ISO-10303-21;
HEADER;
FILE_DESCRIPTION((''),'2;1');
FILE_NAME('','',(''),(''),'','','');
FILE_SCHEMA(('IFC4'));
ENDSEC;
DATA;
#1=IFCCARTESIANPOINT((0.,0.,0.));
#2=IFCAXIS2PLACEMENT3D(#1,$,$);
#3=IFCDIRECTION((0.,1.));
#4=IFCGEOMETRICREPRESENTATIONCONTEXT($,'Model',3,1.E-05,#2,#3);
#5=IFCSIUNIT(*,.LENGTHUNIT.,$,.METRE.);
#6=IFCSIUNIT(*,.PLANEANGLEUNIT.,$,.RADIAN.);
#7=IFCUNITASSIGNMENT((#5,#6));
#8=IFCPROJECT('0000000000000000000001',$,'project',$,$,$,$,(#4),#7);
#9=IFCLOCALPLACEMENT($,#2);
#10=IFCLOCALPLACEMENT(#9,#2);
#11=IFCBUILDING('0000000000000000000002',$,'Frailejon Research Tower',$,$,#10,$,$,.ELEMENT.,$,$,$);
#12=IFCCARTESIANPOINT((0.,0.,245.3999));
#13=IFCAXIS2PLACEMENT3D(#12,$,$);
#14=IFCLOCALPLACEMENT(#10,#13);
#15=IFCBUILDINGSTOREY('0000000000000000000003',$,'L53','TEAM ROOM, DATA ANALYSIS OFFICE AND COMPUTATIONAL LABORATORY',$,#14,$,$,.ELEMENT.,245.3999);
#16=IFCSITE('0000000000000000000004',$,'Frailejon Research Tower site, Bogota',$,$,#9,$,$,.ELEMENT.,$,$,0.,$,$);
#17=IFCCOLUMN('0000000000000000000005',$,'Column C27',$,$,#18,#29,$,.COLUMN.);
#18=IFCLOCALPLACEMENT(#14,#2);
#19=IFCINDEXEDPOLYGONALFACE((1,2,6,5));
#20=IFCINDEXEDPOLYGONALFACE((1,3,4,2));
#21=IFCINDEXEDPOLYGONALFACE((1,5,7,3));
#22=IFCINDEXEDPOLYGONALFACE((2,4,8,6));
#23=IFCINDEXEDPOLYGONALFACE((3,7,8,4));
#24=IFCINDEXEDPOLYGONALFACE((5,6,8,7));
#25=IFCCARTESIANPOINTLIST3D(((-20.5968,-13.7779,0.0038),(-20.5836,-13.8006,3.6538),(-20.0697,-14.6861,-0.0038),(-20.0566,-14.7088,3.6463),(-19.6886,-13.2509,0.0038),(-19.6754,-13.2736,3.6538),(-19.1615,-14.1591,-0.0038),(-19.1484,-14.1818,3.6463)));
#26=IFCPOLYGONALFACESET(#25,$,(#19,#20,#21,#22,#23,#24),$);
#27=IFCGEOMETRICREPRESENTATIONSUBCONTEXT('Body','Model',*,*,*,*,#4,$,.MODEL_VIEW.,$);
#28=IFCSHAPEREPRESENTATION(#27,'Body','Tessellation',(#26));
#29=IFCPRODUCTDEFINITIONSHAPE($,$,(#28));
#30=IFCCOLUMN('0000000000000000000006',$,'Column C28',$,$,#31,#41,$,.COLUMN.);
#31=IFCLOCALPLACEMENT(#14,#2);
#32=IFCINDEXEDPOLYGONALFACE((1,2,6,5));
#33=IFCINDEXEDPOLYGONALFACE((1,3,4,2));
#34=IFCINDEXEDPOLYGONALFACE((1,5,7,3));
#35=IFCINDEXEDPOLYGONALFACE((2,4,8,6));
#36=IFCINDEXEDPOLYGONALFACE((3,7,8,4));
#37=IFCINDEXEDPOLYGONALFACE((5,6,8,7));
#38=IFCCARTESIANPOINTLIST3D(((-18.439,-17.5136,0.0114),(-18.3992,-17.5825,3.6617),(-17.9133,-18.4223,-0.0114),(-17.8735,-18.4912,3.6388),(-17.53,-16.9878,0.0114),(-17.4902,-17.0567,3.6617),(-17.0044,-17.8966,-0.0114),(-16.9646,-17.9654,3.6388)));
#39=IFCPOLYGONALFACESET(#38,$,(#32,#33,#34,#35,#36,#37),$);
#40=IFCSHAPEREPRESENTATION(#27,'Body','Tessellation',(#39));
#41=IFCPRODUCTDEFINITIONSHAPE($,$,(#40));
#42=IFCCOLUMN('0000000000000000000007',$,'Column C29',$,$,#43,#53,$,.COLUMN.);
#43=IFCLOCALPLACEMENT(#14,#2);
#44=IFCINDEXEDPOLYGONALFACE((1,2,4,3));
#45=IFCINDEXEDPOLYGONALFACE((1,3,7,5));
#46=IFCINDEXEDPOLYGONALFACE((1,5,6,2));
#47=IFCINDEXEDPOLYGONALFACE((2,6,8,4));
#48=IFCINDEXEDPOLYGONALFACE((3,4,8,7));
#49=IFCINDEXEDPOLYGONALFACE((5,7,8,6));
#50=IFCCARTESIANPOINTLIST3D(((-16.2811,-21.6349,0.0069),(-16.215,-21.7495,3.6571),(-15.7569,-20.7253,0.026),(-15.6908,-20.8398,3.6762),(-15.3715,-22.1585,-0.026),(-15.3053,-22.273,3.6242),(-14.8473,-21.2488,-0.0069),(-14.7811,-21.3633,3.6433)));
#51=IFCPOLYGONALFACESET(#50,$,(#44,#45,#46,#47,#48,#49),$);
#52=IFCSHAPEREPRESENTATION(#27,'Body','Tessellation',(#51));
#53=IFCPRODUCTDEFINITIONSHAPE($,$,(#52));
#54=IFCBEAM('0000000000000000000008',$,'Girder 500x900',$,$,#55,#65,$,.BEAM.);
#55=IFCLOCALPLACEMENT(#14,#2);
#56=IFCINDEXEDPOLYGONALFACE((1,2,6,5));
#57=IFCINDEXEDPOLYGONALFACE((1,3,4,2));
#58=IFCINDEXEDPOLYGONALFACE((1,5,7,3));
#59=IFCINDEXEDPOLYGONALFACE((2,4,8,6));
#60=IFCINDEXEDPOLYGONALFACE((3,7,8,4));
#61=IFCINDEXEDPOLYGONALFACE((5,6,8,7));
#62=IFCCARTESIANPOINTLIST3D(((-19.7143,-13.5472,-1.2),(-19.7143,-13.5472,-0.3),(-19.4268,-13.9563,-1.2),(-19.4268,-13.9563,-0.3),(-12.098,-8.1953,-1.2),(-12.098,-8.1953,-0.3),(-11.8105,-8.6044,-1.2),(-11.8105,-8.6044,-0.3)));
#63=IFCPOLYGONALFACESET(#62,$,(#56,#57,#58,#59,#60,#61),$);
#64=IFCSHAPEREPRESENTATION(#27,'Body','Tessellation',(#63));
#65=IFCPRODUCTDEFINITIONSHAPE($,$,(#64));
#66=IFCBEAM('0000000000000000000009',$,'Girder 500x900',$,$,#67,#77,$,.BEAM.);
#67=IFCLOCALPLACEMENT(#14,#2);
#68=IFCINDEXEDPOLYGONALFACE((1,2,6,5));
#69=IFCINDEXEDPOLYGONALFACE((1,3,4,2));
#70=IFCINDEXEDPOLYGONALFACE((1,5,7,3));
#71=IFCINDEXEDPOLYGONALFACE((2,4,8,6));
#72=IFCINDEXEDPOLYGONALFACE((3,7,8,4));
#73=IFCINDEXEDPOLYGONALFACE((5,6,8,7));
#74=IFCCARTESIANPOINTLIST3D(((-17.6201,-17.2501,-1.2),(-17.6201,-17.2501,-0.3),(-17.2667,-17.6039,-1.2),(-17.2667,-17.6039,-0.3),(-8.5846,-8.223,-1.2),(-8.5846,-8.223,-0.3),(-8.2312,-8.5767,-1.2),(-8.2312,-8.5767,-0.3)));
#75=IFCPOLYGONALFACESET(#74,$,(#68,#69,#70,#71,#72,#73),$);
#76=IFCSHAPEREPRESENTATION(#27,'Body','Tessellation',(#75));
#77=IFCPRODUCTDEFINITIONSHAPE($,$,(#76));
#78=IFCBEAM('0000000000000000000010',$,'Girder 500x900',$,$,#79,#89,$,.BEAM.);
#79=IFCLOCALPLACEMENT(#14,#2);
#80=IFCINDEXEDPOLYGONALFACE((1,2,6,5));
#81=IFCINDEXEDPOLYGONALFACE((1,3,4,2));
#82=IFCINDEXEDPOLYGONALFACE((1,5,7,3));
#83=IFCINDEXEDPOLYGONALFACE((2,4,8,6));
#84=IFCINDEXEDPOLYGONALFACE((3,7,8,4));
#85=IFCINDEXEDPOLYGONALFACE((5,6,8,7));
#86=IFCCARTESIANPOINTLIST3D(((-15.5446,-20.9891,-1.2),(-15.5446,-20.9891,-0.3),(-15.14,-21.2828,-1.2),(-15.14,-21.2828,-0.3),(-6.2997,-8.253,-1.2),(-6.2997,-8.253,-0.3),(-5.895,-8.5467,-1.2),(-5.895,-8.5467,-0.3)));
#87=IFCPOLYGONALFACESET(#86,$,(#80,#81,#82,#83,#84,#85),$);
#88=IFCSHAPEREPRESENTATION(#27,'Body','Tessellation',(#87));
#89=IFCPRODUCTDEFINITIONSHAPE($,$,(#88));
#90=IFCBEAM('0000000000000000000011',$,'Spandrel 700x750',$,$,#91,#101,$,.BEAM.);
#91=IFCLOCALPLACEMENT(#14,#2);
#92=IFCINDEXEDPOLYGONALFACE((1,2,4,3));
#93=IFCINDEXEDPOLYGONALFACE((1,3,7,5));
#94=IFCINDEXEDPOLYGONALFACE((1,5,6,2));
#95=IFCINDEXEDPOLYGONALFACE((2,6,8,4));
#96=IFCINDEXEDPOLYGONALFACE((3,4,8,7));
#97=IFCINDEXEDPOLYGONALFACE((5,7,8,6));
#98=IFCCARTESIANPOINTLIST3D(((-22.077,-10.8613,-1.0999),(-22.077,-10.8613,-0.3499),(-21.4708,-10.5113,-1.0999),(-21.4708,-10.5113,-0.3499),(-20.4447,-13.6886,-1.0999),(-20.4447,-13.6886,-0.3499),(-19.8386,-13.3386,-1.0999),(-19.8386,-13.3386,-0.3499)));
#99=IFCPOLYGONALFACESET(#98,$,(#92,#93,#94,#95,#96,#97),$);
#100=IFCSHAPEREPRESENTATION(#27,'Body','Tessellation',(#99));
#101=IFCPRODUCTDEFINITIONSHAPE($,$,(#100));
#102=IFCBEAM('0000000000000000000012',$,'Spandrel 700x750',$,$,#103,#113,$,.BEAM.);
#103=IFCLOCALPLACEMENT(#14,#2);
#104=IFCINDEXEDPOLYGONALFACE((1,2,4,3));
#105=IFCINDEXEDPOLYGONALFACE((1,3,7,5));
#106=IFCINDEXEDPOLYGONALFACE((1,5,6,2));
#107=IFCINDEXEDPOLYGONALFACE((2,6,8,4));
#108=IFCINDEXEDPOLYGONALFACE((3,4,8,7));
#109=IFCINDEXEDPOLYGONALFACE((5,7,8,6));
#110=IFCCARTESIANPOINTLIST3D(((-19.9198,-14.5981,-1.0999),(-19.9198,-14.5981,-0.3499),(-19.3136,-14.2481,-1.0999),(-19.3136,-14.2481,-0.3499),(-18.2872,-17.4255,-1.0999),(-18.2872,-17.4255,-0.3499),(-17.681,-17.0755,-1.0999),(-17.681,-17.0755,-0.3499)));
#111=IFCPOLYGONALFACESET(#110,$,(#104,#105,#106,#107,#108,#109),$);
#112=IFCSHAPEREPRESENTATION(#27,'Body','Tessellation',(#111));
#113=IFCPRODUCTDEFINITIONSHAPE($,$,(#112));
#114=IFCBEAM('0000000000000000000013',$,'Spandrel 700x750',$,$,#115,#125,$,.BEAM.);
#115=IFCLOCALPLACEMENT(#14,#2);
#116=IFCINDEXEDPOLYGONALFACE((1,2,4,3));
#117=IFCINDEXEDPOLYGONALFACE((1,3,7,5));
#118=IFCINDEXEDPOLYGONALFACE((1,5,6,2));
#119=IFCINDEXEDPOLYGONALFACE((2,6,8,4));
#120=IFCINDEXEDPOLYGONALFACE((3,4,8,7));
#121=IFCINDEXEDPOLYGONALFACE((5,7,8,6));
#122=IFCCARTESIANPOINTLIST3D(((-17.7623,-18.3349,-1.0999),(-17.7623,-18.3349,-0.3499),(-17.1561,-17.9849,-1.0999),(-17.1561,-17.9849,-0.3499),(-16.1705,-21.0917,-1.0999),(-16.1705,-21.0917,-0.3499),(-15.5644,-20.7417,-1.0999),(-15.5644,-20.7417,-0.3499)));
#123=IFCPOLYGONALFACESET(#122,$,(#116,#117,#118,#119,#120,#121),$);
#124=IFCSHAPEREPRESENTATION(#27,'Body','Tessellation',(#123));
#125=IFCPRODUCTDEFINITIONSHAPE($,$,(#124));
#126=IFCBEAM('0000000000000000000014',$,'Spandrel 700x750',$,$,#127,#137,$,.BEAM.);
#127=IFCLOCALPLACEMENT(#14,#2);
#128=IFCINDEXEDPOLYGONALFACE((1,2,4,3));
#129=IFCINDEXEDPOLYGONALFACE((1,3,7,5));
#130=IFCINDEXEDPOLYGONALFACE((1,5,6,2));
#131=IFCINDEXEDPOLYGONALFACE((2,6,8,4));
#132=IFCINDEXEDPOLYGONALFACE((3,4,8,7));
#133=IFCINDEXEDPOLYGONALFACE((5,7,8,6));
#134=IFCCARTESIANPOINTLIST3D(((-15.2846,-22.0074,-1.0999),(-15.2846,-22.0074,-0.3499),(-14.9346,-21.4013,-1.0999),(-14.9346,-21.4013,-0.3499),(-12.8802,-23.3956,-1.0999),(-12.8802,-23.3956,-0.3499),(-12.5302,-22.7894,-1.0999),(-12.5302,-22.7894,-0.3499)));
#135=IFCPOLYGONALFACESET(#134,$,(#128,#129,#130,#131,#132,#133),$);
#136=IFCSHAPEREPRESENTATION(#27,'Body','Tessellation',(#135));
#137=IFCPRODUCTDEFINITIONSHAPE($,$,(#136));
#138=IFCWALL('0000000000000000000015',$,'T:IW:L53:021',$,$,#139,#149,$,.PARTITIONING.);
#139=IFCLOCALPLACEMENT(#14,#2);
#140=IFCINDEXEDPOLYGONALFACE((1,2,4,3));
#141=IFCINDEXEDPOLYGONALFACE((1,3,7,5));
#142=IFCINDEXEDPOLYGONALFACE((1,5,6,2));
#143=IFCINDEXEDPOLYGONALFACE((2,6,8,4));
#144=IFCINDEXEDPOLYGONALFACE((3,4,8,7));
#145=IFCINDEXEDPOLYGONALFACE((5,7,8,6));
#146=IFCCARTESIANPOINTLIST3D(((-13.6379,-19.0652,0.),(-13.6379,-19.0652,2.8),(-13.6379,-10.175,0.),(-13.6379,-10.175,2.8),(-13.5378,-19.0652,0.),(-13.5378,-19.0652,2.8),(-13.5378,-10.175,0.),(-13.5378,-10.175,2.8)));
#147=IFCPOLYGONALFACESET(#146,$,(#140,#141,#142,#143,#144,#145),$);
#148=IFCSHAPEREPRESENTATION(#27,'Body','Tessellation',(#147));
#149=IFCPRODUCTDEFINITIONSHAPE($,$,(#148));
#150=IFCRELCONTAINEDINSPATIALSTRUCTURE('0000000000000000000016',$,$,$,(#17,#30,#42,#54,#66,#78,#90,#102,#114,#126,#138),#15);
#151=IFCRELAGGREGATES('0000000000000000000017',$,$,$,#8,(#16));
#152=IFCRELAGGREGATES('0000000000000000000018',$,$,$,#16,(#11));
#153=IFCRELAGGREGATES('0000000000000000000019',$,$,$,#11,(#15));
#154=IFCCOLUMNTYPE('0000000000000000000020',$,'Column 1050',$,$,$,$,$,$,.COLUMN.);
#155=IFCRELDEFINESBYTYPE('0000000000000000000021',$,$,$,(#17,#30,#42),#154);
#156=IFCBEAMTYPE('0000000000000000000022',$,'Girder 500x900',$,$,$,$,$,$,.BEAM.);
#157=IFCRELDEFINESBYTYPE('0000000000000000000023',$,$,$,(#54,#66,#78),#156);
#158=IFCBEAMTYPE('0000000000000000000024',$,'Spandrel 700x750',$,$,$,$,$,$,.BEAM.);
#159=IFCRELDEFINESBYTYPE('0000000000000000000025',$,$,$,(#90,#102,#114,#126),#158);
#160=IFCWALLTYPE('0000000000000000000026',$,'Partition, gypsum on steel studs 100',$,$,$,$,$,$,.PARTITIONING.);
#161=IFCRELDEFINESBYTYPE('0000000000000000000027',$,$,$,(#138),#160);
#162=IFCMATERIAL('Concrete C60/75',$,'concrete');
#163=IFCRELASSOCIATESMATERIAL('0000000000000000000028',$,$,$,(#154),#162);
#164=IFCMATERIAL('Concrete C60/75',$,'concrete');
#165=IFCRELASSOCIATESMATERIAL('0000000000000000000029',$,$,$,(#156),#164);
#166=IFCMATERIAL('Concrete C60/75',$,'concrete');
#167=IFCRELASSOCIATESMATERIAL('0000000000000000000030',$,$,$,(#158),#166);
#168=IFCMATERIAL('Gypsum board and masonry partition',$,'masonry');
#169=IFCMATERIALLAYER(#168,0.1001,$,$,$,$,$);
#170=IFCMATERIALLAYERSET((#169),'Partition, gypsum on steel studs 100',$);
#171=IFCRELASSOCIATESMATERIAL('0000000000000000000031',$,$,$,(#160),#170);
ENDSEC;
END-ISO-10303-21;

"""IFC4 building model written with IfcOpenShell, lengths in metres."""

from ifc_helpers import new_model, si_unit, direction, frame, frame_2d, origin, origin_2d, place, context, subcontext, project, spatial, rectangle, extrude, material, layer, layer_set, material_profile, profile_set, type_object, element, save


model = new_model("IFC4")

# Units and contexts
model_context = context("Model", 3, precision=1e-05, world=origin(), true_north=direction((0.0, 1.0)))
body_context = subcontext(model_context, "Body", "Model", "MODEL_VIEW")
ifc_project = project(units=[si_unit("LENGTHUNIT", "METRE"), si_unit("PLANEANGLEUNIT", "RADIAN")], contexts=[model_context])

# Site, building, storey
site_placement = place(None, origin())
site = spatial("IfcSite", under=ifc_project, at=site_placement, Name="Frailejon Research Tower site, Bogota", CompositionType="ELEMENT", RefElevation=0.0)
building_placement = place(site_placement, origin())
building = spatial("IfcBuilding", under=site, at=building_placement, Name="Frailejon Research Tower", CompositionType="ELEMENT")
storey_placement = place(building_placement, frame((0.0, 0.0, 245.3999)))
storey = spatial("IfcBuildingStorey", under=building, at=storey_placement, Name="L53", Description="TEAM ROOM, DATA ANALYSIS OFFICE AND COMPUTATIONAL LABORATORY", CompositionType="ELEMENT", Elevation=245.3999)

# Columns
ifc_material_1 = material(Name="Concrete C60/75", Category="concrete")
ifc_material_profile_1 = material_profile(ifc_material_1, rectangle(XDim=1.05, YDim=1.05, at=origin_2d()), Name="Column 1050")
ifc_profile_set_1 = profile_set([ifc_material_profile_1], Name="Concrete C60/75")
column_type = type_object("IfcColumnType", Name="Column 1050", PredefinedType="COLUMN", material=ifc_profile_set_1)
column_1_placement = place(storey_placement, frame((-19.8792, -13.9685, 0.0), z_axis=(0.003612, -0.00622, 0.999974), x_axis=(0.501902, -0.864895, -0.007193)))
element("IfcColumn", 1, at=column_1_placement, inside=storey, type_object=column_type, Name="Column C27", PredefinedType="COLUMN", context=body_context, shape_type="SweptSolid", body=[
    extrude(rectangle(XDim=1.05, YDim=1.05, at=origin_2d()), origin(), (0.0, 0.0, 1.0), 3.6501),
])
column_2_placement = place(storey_placement, frame((-17.7217, -17.7051, 0.0), z_axis=(0.0109, -0.018857, 0.999763), x_axis=(0.50059, -0.86541, -0.021781)))
element("IfcColumn", 2, at=column_2_placement, inside=storey, type_object=column_type, Name="Column C28", PredefinedType="COLUMN", context=body_context, shape_type="SweptSolid", body=[
    extrude(rectangle(XDim=1.05, YDim=1.05, at=origin_2d()), origin(), (0.0, 0.0, 1.0), 3.6511),
])
column_3_placement = place(storey_placement, frame((-15.5642, -21.4419, 0.0), z_axis=(0.018114, -0.031349, 0.999344), x_axis=(0.866279, -0.498576, -0.031342)))
element("IfcColumn", 3, at=column_3_placement, inside=storey, type_object=column_type, Name="Column C29", PredefinedType="COLUMN", context=body_context, shape_type="SweptSolid", body=[
    extrude(rectangle(XDim=1.05, YDim=1.05, at=origin_2d()), origin(), (0.0, 0.0, 1.0), 3.6526),
])

# Beams
ifc_material_2 = material(Name="Concrete C60/75", Category="concrete")
ifc_material_profile_2 = material_profile(ifc_material_2, rectangle(XDim=0.5, YDim=0.8999, at=origin_2d()), Name="Girder 500x900")
ifc_profile_set_2 = profile_set([ifc_material_profile_2], Name="Concrete C60/75")
beam_type_1 = type_object("IfcBeamType", Name="Girder 500x900", PredefinedType="BEAM", material=ifc_profile_set_2)
beam_1_placement = place(storey_placement, frame((-19.5706, -13.7517, -0.75), z_axis=(0.818198, 0.574937, 0.0), x_axis=(-0.574937, 0.818198, 0.0)))
element("IfcBeam", 4, at=beam_1_placement, inside=storey, type_object=beam_type_1, Name="Girder 500x900", PredefinedType="BEAM", context=body_context, shape_type="SweptSolid", body=[
    extrude(rectangle(XDim=0.5, YDim=0.8999, at=origin_2d()), origin(), (0.0, 0.0, 1.0), 9.3086),
])
beam_2_placement = place(storey_placement, frame((-17.4434, -17.427, -0.75), z_axis=(0.707432, 0.706782, 0.0), x_axis=(-0.706782, 0.707432, 0.0)))
element("IfcBeam", 5, at=beam_2_placement, inside=storey, type_object=beam_type_1, Name="Girder 500x900", PredefinedType="BEAM", context=body_context, shape_type="SweptSolid", body=[
    extrude(rectangle(XDim=0.5, YDim=0.8999, at=origin_2d()), origin(), (0.0, 0.0, 1.0), 12.7722),
])
beam_3_placement = place(storey_placement, frame((-15.3423, -21.136, -0.75), z_axis=(0.587434, 0.809272, 0.0), x_axis=(-0.809272, 0.587434, 0.0)))
element("IfcBeam", 6, at=beam_3_placement, inside=storey, type_object=beam_type_1, Name="Girder 500x900", PredefinedType="BEAM", context=body_context, shape_type="SweptSolid", body=[
    extrude(rectangle(XDim=0.5, YDim=0.8999, at=origin_2d()), origin(), (0.0, 0.0, 1.0), 15.7378),
])
ifc_material_3 = material(Name="Concrete C60/75", Category="concrete")
ifc_material_profile_3 = material_profile(ifc_material_3, rectangle(XDim=0.7, YDim=0.75, at=origin_2d()), Name="Spandrel 700x750")
ifc_profile_set_3 = profile_set([ifc_material_profile_3], Name="Concrete C60/75")
beam_type_2 = type_object("IfcBeamType", Name="Spandrel 700x750", PredefinedType="BEAM", material=ifc_profile_set_3)
beam_4_placement = place(storey_placement, frame((-21.7739, -10.6863, -0.7249), z_axis=(0.499984, -0.866035, 0.0), x_axis=(0.866035, 0.499984, 0.0)))
element("IfcBeam", 7, at=beam_4_placement, inside=storey, type_object=beam_type_2, Name="Spandrel 700x750", PredefinedType="BEAM", context=body_context, shape_type="SweptSolid", body=[
    extrude(rectangle(XDim=0.7, YDim=0.75, at=origin_2d()), origin(), (0.0, 0.0, 1.0), 3.2646),
])
beam_5_placement = place(storey_placement, frame((-19.6167, -14.4231, -0.7249), z_axis=(0.50004, -0.866003, 0.0), x_axis=(0.866003, 0.50004, 0.0)))
element("IfcBeam", 8, at=beam_5_placement, inside=storey, type_object=beam_type_2, Name="Spandrel 700x750", PredefinedType="BEAM", context=body_context, shape_type="SweptSolid", body=[
    extrude(rectangle(XDim=0.7, YDim=0.75, at=origin_2d()), origin(), (0.0, 0.0, 1.0), 3.2649),
])
beam_6_placement = place(storey_placement, frame((-17.4592, -18.1599, -0.7249), z_axis=(0.500032, -0.866007, 0.0), x_axis=(0.866007, 0.500032, 0.0)))
element("IfcBeam", 9, at=beam_6_placement, inside=storey, type_object=beam_type_2, Name="Spandrel 700x750", PredefinedType="BEAM", context=body_context, shape_type="SweptSolid", body=[
    extrude(rectangle(XDim=0.7, YDim=0.75, at=origin_2d()), origin(), (0.0, 0.0, 1.0), 3.1833),
])
beam_7_placement = place(storey_placement, frame((-15.1096, -21.7043, -0.7249), z_axis=(0.866038, -0.499979, 0.0), x_axis=(0.499979, 0.866038, 0.0)))
element("IfcBeam", 10, at=beam_7_placement, inside=storey, type_object=beam_type_2, Name="Spandrel 700x750", PredefinedType="BEAM", context=body_context, shape_type="SweptSolid", body=[
    extrude(rectangle(XDim=0.7, YDim=0.75, at=origin_2d()), origin(), (0.0, 0.0, 1.0), 2.7764),
])

# Wall
ifc_material_4 = material(Name="Gypsum board and masonry partition", Category="masonry")
ifc_layer_1 = layer(ifc_material_4, 0.1001)
ifc_layer_set_1 = layer_set([ifc_layer_1], Name="Partition, gypsum on steel studs 100")
wall_type_1 = type_object("IfcWallType", Name="Partition, gypsum on steel studs 100", PredefinedType="PARTITIONING", material=ifc_layer_set_1)
wall_1_placement = place(storey_placement, frame((-13.5879, -19.0652, 0.0), z_axis=(0.0, 0.0, 1.0), x_axis=(0.0, 1.0, 0.0)))
element("IfcWall", 11, at=wall_1_placement, inside=storey, type_object=wall_type_1, Name="T:IW:L53:021", PredefinedType="PARTITIONING", context=body_context, shape_type="SweptSolid", body=[
    extrude(rectangle(XDim=8.8901, YDim=0.1001, at=frame_2d((4.4451, 0.0))), origin(), (0.0, 0.0, 1.0), 2.8),
])

save(model, "model.ifc")
